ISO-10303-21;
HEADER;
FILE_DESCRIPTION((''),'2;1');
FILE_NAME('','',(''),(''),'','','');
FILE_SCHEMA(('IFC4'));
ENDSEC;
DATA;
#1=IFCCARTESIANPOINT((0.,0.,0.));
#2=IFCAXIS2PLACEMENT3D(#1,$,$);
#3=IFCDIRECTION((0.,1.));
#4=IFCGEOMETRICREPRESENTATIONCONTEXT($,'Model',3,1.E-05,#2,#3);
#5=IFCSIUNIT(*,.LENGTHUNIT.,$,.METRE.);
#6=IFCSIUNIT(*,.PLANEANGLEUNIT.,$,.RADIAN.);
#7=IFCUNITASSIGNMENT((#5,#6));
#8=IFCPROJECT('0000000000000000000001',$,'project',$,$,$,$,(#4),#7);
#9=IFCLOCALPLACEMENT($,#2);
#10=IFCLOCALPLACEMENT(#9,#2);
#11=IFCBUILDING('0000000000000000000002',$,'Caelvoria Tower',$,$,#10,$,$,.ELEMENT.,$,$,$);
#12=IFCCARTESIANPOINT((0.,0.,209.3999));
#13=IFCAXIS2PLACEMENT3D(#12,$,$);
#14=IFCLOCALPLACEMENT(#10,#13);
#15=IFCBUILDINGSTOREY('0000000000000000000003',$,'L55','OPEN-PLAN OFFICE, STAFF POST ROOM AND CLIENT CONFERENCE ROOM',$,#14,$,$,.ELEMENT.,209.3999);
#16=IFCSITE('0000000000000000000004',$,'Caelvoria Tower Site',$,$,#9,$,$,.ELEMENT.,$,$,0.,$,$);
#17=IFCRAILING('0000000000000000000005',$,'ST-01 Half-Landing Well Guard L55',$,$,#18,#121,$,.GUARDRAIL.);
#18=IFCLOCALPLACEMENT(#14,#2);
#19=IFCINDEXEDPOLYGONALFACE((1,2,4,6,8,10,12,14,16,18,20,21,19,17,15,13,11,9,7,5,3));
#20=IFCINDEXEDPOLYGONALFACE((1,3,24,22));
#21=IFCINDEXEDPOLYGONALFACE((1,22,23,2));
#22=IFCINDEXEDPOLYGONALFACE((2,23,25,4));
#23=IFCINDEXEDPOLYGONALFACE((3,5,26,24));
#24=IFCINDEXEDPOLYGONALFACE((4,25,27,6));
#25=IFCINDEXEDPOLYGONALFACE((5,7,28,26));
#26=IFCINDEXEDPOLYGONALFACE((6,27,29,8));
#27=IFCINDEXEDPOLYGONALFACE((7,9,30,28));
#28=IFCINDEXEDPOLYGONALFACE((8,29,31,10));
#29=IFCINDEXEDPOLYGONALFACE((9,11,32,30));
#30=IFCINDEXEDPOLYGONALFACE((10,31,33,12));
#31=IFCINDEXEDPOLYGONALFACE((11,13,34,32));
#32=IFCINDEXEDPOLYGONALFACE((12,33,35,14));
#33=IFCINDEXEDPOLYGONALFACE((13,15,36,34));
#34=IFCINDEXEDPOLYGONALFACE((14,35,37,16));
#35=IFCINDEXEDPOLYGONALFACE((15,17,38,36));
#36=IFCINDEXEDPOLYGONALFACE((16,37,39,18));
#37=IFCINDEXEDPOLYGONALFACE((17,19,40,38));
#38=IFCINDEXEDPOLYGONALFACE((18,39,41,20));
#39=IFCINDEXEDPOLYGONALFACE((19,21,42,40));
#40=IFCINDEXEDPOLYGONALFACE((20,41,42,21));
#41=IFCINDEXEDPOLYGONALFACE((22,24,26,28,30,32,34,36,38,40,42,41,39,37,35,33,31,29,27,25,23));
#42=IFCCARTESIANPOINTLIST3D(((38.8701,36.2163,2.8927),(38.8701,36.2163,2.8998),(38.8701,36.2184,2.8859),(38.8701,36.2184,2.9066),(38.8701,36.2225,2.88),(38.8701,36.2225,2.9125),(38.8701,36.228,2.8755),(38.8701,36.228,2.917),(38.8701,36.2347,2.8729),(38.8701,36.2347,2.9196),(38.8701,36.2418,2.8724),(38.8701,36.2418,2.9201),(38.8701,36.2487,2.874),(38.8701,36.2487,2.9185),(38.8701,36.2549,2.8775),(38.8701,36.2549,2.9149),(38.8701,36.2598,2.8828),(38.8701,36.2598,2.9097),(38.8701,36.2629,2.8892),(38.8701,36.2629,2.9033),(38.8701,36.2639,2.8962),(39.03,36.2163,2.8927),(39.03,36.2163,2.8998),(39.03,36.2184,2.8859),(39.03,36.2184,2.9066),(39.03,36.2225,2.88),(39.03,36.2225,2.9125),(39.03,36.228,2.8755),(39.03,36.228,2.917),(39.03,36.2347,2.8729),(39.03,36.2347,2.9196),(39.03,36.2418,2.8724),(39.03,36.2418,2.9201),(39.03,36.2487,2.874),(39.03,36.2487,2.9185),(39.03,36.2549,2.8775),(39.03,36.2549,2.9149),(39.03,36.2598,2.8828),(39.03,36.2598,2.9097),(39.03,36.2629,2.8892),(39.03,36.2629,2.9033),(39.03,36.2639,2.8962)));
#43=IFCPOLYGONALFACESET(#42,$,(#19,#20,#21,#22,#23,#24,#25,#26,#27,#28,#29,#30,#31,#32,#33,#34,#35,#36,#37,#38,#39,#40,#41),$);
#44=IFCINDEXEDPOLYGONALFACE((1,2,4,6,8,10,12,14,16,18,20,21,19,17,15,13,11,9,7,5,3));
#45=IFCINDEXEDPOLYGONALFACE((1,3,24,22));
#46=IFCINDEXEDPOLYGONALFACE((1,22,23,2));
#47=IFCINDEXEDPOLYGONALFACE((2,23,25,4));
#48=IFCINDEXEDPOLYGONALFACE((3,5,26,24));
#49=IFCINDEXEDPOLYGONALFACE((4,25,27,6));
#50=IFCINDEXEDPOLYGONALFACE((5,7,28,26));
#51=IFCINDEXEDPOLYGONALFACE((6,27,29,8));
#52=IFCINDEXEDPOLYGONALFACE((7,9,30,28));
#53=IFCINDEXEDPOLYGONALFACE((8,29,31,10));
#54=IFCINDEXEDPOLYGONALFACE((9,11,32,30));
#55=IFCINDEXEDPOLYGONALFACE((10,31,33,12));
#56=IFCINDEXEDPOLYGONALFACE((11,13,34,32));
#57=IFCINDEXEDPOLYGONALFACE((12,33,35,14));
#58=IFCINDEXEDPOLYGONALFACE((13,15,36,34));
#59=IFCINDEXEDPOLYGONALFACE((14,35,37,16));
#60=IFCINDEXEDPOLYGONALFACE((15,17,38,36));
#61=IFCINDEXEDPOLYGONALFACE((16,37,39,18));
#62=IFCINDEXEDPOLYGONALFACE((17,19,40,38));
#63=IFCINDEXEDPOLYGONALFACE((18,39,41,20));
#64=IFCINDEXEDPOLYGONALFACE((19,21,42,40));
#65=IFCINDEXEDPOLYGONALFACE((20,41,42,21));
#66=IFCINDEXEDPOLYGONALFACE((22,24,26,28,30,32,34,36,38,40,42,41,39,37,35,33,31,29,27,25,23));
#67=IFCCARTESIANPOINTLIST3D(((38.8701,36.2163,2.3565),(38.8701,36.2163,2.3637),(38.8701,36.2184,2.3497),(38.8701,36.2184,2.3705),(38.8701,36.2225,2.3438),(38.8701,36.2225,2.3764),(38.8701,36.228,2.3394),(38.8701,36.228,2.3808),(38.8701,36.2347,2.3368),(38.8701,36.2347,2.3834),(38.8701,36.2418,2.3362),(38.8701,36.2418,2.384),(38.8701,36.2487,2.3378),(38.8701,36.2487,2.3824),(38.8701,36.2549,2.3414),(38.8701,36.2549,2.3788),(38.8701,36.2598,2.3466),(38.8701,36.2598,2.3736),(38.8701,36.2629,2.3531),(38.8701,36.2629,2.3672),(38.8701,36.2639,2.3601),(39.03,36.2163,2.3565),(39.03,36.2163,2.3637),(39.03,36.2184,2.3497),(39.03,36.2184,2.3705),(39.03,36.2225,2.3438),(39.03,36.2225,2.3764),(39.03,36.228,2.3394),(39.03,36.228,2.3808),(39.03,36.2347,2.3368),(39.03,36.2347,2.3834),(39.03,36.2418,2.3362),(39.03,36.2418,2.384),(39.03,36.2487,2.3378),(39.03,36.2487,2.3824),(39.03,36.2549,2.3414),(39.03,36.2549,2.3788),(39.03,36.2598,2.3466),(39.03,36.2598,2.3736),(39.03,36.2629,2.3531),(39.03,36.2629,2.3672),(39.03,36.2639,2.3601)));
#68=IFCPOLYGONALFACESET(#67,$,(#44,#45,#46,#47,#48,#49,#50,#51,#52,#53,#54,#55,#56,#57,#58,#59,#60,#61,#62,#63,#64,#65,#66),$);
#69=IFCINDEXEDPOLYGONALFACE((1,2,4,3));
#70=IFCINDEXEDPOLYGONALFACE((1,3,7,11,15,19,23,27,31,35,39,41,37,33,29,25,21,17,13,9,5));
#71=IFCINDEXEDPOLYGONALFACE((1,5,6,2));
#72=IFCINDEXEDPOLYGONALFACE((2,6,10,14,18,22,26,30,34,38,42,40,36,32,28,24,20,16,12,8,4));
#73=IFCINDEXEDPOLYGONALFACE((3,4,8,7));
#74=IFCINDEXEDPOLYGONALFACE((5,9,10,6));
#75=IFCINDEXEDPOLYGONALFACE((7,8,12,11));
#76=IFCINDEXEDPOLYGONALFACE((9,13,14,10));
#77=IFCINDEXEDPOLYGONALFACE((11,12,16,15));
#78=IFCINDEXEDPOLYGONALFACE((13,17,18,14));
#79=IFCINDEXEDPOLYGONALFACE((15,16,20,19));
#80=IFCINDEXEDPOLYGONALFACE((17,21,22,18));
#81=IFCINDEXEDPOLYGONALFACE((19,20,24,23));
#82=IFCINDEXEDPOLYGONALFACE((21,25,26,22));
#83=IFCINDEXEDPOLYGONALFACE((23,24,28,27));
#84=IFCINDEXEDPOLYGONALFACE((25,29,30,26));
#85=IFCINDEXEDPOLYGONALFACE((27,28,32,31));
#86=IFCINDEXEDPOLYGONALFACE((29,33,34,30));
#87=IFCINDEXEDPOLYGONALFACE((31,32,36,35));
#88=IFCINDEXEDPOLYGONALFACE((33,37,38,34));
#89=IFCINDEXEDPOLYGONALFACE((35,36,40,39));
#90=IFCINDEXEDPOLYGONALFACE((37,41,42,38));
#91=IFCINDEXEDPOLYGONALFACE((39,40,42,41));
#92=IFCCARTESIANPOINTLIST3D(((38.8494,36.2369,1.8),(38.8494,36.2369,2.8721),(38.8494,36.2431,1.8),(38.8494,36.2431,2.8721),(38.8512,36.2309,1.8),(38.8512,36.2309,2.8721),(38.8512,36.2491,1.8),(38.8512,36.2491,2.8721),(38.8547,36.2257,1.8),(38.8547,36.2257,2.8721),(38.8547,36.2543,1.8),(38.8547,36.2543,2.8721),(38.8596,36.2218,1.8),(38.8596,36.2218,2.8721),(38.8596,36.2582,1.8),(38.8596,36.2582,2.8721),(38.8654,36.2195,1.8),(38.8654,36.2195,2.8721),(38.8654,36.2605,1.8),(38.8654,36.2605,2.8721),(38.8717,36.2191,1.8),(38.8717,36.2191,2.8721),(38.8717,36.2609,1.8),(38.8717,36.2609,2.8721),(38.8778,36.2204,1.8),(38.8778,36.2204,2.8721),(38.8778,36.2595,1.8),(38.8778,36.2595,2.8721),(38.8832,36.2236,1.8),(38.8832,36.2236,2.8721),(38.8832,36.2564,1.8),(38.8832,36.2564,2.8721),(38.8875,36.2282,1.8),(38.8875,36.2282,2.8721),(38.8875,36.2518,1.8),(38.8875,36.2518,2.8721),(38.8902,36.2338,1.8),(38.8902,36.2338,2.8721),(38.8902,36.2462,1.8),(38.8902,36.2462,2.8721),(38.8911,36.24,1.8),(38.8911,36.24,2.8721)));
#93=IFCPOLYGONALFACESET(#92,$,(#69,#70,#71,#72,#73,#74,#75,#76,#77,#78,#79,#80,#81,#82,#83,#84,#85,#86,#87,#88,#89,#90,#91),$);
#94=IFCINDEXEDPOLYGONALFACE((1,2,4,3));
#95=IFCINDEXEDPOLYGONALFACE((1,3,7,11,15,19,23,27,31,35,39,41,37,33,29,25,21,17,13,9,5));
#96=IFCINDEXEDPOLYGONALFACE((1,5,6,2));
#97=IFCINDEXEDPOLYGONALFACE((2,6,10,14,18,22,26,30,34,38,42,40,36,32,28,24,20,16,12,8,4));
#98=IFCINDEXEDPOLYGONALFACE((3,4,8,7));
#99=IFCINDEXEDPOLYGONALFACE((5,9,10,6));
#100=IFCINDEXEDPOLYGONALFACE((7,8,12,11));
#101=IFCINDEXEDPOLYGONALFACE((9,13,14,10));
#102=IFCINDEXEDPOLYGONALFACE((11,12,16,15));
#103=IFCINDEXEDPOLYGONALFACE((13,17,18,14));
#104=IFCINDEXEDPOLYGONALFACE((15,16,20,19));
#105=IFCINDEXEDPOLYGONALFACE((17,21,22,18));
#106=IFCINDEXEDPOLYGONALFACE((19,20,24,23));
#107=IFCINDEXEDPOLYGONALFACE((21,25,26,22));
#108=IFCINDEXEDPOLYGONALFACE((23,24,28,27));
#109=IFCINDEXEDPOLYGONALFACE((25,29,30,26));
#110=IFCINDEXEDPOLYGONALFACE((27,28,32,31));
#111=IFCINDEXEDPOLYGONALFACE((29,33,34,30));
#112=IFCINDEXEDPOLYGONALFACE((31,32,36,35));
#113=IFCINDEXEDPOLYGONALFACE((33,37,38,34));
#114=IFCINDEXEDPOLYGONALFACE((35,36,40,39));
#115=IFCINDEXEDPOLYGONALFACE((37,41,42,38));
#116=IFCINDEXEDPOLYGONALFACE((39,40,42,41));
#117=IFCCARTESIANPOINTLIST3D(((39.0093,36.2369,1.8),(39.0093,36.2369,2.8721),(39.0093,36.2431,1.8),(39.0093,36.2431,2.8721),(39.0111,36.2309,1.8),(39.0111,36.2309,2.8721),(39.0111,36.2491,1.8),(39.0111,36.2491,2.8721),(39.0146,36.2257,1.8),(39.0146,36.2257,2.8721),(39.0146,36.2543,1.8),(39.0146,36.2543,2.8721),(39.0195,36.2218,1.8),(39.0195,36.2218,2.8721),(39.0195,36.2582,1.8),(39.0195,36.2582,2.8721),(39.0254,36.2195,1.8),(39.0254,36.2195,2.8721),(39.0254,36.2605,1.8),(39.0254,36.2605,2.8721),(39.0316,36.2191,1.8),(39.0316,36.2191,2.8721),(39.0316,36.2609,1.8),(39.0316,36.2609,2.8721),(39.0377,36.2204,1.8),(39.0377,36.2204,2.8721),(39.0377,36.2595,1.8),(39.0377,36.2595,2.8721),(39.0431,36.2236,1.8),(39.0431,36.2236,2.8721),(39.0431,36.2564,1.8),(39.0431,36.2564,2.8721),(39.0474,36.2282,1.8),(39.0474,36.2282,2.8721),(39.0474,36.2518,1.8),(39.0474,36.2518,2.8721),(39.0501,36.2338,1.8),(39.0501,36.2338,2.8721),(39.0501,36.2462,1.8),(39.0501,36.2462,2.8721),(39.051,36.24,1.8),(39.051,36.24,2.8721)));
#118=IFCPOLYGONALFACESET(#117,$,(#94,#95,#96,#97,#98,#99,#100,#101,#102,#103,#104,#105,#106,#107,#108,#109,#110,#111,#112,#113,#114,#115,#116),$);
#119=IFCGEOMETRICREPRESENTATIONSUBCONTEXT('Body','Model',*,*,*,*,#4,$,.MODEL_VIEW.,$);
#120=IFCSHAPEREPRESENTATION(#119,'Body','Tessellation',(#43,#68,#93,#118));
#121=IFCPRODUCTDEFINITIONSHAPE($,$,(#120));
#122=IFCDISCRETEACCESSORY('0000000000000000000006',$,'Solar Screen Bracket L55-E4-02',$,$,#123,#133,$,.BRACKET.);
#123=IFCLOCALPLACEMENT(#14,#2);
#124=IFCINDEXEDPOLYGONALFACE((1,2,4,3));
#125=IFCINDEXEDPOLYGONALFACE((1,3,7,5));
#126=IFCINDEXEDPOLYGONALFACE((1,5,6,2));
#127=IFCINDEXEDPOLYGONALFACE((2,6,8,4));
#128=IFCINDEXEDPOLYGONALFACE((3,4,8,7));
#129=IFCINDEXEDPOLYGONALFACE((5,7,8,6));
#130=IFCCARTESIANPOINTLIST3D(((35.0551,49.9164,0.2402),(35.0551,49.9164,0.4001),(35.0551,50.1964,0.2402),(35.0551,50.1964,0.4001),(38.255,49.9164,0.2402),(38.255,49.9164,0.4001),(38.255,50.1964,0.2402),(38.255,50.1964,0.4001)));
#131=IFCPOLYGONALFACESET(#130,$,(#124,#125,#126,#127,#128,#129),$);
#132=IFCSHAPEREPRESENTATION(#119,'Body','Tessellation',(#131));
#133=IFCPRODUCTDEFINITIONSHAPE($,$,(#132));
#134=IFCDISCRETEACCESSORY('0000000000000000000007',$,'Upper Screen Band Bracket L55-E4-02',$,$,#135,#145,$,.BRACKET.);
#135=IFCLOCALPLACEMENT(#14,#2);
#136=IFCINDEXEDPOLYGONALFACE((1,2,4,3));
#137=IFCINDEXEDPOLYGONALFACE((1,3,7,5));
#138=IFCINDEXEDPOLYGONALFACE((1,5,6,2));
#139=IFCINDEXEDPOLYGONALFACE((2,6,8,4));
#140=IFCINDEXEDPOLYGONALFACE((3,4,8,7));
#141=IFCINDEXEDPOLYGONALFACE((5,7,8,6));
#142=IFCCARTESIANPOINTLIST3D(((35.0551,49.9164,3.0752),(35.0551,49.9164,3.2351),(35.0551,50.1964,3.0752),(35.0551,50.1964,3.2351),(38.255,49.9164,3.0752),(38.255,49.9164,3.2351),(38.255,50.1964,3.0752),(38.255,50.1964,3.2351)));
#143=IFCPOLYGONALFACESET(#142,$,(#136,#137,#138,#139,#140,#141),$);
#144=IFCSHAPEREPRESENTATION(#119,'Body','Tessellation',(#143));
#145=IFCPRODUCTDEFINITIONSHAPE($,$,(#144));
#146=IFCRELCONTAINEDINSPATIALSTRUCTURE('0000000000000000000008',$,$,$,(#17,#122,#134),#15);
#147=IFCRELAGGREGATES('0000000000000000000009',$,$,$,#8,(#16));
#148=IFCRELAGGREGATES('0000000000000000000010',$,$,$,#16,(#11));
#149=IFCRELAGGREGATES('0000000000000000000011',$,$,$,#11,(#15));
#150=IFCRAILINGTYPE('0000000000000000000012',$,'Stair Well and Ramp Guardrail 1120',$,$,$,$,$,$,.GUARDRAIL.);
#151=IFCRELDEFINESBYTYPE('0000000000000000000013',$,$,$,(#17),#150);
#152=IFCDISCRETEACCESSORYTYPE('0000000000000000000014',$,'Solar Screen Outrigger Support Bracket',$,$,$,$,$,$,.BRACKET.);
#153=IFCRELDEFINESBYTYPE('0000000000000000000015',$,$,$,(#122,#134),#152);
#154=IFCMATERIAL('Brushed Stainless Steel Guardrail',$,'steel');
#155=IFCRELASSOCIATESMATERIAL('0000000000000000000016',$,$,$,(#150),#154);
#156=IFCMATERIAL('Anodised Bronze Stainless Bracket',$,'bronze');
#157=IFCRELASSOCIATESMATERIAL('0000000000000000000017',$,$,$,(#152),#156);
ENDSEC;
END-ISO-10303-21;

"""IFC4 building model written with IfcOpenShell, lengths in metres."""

from ifc_helpers import new_model, si_unit, direction, frame, origin, origin_2d, place, context, subcontext, project, spatial, rectangle, circle, extrude, material, type_object, element, save


model = new_model("IFC4")

# Units and contexts
model_context = context("Model", 3, precision=1e-05, world=origin(), true_north=direction((0.0, 1.0)))
body_context = subcontext(model_context, "Body", "Model", "MODEL_VIEW")
ifc_project = project(units=[si_unit("LENGTHUNIT", "METRE"), si_unit("PLANEANGLEUNIT", "RADIAN")], contexts=[model_context])

# Site, building, storey
site_placement = place(None, origin())
site = spatial("IfcSite", under=ifc_project, at=site_placement, Name="Caelvoria Tower Site", CompositionType="ELEMENT", RefElevation=0.0)
building_placement = place(site_placement, origin())
building = spatial("IfcBuilding", under=site, at=building_placement, Name="Caelvoria Tower", CompositionType="ELEMENT")
storey_placement = place(building_placement, frame((0.0, 0.0, 209.3999)))
storey = spatial("IfcBuildingStorey", under=building, at=storey_placement, Name="L55", Description="OPEN-PLAN OFFICE, STAFF POST ROOM AND CLIENT CONFERENCE ROOM", CompositionType="ELEMENT", Elevation=209.3999)

# Railing
ifc_material_1 = material(Name="Brushed Stainless Steel Guardrail", Category="steel")
railing_type_1 = type_object("IfcRailingType", Name="Stair Well and Ramp Guardrail 1120", PredefinedType="GUARDRAIL", material=ifc_material_1)
railing_1_placement = place(storey_placement, frame((38.8701, 36.24, 1.8)))
element("IfcRailing", 1, at=railing_1_placement, inside=storey, type_object=railing_type_1, Name="ST-01 Half-Landing Well Guard L55", PredefinedType="GUARDRAIL", context=body_context, shape_type="SweptSolid", body=[
    extrude(circle(Radius=0.0239, at=origin_2d()), frame((0.0, 0.0, 1.0962), z_axis=(1.0, 0.0, 0.0), x_axis=(0.0, 1.0, 0.0)), (0.0, 0.0, 1.0), 0.1599),
    extrude(circle(Radius=0.0239, at=origin_2d()), frame((0.0, 0.0, 0.5601), z_axis=(1.0, 0.0, 0.0), x_axis=(0.0, 1.0, 0.0)), (0.0, 0.0, 1.0), 0.1599),
    extrude(circle(Radius=0.021, at=origin_2d()), origin(), (0.0, 0.0, 1.0), 1.072),
    extrude(circle(Radius=0.021, at=origin_2d()), frame((0.1599, 0.0, 0.0)), (0.0, 0.0, 1.0), 1.072),
])

# Discrete accessories
ifc_material_2 = material(Name="Anodised Bronze Stainless Bracket", Category="bronze")
discrete_accessory_type = type_object("IfcDiscreteAccessoryType", Name="Solar Screen Outrigger Support Bracket", PredefinedType="BRACKET", material=ifc_material_2)
for number, where, z_axis, x_axis, name in (
    (2, (36.655, 50.0564, 0.2402), (0.0, 0.0, 1.0), (-1.0, 0.0, 0.0), "Solar Screen Bracket L55-E4-02"),
    (3, (36.655, 50.0564, 3.0752), (0.0, 0.0, 1.0), (-1.0, 0.0, 0.0), "Upper Screen Band Bracket L55-E4-02"),
):
    element("IfcDiscreteAccessory", number, at=place(storey_placement, frame(where, z_axis=z_axis, x_axis=x_axis)), inside=storey, type_object=discrete_accessory_type, Name=name, PredefinedType="BRACKET", context=body_context, shape_type="SweptSolid", body=[
        extrude(rectangle(XDim=3.2, YDim=0.28, at=origin_2d()), origin(), (0.0, 0.0, 1.0), 0.1599),
    ])

save(model, "model.ifc")
